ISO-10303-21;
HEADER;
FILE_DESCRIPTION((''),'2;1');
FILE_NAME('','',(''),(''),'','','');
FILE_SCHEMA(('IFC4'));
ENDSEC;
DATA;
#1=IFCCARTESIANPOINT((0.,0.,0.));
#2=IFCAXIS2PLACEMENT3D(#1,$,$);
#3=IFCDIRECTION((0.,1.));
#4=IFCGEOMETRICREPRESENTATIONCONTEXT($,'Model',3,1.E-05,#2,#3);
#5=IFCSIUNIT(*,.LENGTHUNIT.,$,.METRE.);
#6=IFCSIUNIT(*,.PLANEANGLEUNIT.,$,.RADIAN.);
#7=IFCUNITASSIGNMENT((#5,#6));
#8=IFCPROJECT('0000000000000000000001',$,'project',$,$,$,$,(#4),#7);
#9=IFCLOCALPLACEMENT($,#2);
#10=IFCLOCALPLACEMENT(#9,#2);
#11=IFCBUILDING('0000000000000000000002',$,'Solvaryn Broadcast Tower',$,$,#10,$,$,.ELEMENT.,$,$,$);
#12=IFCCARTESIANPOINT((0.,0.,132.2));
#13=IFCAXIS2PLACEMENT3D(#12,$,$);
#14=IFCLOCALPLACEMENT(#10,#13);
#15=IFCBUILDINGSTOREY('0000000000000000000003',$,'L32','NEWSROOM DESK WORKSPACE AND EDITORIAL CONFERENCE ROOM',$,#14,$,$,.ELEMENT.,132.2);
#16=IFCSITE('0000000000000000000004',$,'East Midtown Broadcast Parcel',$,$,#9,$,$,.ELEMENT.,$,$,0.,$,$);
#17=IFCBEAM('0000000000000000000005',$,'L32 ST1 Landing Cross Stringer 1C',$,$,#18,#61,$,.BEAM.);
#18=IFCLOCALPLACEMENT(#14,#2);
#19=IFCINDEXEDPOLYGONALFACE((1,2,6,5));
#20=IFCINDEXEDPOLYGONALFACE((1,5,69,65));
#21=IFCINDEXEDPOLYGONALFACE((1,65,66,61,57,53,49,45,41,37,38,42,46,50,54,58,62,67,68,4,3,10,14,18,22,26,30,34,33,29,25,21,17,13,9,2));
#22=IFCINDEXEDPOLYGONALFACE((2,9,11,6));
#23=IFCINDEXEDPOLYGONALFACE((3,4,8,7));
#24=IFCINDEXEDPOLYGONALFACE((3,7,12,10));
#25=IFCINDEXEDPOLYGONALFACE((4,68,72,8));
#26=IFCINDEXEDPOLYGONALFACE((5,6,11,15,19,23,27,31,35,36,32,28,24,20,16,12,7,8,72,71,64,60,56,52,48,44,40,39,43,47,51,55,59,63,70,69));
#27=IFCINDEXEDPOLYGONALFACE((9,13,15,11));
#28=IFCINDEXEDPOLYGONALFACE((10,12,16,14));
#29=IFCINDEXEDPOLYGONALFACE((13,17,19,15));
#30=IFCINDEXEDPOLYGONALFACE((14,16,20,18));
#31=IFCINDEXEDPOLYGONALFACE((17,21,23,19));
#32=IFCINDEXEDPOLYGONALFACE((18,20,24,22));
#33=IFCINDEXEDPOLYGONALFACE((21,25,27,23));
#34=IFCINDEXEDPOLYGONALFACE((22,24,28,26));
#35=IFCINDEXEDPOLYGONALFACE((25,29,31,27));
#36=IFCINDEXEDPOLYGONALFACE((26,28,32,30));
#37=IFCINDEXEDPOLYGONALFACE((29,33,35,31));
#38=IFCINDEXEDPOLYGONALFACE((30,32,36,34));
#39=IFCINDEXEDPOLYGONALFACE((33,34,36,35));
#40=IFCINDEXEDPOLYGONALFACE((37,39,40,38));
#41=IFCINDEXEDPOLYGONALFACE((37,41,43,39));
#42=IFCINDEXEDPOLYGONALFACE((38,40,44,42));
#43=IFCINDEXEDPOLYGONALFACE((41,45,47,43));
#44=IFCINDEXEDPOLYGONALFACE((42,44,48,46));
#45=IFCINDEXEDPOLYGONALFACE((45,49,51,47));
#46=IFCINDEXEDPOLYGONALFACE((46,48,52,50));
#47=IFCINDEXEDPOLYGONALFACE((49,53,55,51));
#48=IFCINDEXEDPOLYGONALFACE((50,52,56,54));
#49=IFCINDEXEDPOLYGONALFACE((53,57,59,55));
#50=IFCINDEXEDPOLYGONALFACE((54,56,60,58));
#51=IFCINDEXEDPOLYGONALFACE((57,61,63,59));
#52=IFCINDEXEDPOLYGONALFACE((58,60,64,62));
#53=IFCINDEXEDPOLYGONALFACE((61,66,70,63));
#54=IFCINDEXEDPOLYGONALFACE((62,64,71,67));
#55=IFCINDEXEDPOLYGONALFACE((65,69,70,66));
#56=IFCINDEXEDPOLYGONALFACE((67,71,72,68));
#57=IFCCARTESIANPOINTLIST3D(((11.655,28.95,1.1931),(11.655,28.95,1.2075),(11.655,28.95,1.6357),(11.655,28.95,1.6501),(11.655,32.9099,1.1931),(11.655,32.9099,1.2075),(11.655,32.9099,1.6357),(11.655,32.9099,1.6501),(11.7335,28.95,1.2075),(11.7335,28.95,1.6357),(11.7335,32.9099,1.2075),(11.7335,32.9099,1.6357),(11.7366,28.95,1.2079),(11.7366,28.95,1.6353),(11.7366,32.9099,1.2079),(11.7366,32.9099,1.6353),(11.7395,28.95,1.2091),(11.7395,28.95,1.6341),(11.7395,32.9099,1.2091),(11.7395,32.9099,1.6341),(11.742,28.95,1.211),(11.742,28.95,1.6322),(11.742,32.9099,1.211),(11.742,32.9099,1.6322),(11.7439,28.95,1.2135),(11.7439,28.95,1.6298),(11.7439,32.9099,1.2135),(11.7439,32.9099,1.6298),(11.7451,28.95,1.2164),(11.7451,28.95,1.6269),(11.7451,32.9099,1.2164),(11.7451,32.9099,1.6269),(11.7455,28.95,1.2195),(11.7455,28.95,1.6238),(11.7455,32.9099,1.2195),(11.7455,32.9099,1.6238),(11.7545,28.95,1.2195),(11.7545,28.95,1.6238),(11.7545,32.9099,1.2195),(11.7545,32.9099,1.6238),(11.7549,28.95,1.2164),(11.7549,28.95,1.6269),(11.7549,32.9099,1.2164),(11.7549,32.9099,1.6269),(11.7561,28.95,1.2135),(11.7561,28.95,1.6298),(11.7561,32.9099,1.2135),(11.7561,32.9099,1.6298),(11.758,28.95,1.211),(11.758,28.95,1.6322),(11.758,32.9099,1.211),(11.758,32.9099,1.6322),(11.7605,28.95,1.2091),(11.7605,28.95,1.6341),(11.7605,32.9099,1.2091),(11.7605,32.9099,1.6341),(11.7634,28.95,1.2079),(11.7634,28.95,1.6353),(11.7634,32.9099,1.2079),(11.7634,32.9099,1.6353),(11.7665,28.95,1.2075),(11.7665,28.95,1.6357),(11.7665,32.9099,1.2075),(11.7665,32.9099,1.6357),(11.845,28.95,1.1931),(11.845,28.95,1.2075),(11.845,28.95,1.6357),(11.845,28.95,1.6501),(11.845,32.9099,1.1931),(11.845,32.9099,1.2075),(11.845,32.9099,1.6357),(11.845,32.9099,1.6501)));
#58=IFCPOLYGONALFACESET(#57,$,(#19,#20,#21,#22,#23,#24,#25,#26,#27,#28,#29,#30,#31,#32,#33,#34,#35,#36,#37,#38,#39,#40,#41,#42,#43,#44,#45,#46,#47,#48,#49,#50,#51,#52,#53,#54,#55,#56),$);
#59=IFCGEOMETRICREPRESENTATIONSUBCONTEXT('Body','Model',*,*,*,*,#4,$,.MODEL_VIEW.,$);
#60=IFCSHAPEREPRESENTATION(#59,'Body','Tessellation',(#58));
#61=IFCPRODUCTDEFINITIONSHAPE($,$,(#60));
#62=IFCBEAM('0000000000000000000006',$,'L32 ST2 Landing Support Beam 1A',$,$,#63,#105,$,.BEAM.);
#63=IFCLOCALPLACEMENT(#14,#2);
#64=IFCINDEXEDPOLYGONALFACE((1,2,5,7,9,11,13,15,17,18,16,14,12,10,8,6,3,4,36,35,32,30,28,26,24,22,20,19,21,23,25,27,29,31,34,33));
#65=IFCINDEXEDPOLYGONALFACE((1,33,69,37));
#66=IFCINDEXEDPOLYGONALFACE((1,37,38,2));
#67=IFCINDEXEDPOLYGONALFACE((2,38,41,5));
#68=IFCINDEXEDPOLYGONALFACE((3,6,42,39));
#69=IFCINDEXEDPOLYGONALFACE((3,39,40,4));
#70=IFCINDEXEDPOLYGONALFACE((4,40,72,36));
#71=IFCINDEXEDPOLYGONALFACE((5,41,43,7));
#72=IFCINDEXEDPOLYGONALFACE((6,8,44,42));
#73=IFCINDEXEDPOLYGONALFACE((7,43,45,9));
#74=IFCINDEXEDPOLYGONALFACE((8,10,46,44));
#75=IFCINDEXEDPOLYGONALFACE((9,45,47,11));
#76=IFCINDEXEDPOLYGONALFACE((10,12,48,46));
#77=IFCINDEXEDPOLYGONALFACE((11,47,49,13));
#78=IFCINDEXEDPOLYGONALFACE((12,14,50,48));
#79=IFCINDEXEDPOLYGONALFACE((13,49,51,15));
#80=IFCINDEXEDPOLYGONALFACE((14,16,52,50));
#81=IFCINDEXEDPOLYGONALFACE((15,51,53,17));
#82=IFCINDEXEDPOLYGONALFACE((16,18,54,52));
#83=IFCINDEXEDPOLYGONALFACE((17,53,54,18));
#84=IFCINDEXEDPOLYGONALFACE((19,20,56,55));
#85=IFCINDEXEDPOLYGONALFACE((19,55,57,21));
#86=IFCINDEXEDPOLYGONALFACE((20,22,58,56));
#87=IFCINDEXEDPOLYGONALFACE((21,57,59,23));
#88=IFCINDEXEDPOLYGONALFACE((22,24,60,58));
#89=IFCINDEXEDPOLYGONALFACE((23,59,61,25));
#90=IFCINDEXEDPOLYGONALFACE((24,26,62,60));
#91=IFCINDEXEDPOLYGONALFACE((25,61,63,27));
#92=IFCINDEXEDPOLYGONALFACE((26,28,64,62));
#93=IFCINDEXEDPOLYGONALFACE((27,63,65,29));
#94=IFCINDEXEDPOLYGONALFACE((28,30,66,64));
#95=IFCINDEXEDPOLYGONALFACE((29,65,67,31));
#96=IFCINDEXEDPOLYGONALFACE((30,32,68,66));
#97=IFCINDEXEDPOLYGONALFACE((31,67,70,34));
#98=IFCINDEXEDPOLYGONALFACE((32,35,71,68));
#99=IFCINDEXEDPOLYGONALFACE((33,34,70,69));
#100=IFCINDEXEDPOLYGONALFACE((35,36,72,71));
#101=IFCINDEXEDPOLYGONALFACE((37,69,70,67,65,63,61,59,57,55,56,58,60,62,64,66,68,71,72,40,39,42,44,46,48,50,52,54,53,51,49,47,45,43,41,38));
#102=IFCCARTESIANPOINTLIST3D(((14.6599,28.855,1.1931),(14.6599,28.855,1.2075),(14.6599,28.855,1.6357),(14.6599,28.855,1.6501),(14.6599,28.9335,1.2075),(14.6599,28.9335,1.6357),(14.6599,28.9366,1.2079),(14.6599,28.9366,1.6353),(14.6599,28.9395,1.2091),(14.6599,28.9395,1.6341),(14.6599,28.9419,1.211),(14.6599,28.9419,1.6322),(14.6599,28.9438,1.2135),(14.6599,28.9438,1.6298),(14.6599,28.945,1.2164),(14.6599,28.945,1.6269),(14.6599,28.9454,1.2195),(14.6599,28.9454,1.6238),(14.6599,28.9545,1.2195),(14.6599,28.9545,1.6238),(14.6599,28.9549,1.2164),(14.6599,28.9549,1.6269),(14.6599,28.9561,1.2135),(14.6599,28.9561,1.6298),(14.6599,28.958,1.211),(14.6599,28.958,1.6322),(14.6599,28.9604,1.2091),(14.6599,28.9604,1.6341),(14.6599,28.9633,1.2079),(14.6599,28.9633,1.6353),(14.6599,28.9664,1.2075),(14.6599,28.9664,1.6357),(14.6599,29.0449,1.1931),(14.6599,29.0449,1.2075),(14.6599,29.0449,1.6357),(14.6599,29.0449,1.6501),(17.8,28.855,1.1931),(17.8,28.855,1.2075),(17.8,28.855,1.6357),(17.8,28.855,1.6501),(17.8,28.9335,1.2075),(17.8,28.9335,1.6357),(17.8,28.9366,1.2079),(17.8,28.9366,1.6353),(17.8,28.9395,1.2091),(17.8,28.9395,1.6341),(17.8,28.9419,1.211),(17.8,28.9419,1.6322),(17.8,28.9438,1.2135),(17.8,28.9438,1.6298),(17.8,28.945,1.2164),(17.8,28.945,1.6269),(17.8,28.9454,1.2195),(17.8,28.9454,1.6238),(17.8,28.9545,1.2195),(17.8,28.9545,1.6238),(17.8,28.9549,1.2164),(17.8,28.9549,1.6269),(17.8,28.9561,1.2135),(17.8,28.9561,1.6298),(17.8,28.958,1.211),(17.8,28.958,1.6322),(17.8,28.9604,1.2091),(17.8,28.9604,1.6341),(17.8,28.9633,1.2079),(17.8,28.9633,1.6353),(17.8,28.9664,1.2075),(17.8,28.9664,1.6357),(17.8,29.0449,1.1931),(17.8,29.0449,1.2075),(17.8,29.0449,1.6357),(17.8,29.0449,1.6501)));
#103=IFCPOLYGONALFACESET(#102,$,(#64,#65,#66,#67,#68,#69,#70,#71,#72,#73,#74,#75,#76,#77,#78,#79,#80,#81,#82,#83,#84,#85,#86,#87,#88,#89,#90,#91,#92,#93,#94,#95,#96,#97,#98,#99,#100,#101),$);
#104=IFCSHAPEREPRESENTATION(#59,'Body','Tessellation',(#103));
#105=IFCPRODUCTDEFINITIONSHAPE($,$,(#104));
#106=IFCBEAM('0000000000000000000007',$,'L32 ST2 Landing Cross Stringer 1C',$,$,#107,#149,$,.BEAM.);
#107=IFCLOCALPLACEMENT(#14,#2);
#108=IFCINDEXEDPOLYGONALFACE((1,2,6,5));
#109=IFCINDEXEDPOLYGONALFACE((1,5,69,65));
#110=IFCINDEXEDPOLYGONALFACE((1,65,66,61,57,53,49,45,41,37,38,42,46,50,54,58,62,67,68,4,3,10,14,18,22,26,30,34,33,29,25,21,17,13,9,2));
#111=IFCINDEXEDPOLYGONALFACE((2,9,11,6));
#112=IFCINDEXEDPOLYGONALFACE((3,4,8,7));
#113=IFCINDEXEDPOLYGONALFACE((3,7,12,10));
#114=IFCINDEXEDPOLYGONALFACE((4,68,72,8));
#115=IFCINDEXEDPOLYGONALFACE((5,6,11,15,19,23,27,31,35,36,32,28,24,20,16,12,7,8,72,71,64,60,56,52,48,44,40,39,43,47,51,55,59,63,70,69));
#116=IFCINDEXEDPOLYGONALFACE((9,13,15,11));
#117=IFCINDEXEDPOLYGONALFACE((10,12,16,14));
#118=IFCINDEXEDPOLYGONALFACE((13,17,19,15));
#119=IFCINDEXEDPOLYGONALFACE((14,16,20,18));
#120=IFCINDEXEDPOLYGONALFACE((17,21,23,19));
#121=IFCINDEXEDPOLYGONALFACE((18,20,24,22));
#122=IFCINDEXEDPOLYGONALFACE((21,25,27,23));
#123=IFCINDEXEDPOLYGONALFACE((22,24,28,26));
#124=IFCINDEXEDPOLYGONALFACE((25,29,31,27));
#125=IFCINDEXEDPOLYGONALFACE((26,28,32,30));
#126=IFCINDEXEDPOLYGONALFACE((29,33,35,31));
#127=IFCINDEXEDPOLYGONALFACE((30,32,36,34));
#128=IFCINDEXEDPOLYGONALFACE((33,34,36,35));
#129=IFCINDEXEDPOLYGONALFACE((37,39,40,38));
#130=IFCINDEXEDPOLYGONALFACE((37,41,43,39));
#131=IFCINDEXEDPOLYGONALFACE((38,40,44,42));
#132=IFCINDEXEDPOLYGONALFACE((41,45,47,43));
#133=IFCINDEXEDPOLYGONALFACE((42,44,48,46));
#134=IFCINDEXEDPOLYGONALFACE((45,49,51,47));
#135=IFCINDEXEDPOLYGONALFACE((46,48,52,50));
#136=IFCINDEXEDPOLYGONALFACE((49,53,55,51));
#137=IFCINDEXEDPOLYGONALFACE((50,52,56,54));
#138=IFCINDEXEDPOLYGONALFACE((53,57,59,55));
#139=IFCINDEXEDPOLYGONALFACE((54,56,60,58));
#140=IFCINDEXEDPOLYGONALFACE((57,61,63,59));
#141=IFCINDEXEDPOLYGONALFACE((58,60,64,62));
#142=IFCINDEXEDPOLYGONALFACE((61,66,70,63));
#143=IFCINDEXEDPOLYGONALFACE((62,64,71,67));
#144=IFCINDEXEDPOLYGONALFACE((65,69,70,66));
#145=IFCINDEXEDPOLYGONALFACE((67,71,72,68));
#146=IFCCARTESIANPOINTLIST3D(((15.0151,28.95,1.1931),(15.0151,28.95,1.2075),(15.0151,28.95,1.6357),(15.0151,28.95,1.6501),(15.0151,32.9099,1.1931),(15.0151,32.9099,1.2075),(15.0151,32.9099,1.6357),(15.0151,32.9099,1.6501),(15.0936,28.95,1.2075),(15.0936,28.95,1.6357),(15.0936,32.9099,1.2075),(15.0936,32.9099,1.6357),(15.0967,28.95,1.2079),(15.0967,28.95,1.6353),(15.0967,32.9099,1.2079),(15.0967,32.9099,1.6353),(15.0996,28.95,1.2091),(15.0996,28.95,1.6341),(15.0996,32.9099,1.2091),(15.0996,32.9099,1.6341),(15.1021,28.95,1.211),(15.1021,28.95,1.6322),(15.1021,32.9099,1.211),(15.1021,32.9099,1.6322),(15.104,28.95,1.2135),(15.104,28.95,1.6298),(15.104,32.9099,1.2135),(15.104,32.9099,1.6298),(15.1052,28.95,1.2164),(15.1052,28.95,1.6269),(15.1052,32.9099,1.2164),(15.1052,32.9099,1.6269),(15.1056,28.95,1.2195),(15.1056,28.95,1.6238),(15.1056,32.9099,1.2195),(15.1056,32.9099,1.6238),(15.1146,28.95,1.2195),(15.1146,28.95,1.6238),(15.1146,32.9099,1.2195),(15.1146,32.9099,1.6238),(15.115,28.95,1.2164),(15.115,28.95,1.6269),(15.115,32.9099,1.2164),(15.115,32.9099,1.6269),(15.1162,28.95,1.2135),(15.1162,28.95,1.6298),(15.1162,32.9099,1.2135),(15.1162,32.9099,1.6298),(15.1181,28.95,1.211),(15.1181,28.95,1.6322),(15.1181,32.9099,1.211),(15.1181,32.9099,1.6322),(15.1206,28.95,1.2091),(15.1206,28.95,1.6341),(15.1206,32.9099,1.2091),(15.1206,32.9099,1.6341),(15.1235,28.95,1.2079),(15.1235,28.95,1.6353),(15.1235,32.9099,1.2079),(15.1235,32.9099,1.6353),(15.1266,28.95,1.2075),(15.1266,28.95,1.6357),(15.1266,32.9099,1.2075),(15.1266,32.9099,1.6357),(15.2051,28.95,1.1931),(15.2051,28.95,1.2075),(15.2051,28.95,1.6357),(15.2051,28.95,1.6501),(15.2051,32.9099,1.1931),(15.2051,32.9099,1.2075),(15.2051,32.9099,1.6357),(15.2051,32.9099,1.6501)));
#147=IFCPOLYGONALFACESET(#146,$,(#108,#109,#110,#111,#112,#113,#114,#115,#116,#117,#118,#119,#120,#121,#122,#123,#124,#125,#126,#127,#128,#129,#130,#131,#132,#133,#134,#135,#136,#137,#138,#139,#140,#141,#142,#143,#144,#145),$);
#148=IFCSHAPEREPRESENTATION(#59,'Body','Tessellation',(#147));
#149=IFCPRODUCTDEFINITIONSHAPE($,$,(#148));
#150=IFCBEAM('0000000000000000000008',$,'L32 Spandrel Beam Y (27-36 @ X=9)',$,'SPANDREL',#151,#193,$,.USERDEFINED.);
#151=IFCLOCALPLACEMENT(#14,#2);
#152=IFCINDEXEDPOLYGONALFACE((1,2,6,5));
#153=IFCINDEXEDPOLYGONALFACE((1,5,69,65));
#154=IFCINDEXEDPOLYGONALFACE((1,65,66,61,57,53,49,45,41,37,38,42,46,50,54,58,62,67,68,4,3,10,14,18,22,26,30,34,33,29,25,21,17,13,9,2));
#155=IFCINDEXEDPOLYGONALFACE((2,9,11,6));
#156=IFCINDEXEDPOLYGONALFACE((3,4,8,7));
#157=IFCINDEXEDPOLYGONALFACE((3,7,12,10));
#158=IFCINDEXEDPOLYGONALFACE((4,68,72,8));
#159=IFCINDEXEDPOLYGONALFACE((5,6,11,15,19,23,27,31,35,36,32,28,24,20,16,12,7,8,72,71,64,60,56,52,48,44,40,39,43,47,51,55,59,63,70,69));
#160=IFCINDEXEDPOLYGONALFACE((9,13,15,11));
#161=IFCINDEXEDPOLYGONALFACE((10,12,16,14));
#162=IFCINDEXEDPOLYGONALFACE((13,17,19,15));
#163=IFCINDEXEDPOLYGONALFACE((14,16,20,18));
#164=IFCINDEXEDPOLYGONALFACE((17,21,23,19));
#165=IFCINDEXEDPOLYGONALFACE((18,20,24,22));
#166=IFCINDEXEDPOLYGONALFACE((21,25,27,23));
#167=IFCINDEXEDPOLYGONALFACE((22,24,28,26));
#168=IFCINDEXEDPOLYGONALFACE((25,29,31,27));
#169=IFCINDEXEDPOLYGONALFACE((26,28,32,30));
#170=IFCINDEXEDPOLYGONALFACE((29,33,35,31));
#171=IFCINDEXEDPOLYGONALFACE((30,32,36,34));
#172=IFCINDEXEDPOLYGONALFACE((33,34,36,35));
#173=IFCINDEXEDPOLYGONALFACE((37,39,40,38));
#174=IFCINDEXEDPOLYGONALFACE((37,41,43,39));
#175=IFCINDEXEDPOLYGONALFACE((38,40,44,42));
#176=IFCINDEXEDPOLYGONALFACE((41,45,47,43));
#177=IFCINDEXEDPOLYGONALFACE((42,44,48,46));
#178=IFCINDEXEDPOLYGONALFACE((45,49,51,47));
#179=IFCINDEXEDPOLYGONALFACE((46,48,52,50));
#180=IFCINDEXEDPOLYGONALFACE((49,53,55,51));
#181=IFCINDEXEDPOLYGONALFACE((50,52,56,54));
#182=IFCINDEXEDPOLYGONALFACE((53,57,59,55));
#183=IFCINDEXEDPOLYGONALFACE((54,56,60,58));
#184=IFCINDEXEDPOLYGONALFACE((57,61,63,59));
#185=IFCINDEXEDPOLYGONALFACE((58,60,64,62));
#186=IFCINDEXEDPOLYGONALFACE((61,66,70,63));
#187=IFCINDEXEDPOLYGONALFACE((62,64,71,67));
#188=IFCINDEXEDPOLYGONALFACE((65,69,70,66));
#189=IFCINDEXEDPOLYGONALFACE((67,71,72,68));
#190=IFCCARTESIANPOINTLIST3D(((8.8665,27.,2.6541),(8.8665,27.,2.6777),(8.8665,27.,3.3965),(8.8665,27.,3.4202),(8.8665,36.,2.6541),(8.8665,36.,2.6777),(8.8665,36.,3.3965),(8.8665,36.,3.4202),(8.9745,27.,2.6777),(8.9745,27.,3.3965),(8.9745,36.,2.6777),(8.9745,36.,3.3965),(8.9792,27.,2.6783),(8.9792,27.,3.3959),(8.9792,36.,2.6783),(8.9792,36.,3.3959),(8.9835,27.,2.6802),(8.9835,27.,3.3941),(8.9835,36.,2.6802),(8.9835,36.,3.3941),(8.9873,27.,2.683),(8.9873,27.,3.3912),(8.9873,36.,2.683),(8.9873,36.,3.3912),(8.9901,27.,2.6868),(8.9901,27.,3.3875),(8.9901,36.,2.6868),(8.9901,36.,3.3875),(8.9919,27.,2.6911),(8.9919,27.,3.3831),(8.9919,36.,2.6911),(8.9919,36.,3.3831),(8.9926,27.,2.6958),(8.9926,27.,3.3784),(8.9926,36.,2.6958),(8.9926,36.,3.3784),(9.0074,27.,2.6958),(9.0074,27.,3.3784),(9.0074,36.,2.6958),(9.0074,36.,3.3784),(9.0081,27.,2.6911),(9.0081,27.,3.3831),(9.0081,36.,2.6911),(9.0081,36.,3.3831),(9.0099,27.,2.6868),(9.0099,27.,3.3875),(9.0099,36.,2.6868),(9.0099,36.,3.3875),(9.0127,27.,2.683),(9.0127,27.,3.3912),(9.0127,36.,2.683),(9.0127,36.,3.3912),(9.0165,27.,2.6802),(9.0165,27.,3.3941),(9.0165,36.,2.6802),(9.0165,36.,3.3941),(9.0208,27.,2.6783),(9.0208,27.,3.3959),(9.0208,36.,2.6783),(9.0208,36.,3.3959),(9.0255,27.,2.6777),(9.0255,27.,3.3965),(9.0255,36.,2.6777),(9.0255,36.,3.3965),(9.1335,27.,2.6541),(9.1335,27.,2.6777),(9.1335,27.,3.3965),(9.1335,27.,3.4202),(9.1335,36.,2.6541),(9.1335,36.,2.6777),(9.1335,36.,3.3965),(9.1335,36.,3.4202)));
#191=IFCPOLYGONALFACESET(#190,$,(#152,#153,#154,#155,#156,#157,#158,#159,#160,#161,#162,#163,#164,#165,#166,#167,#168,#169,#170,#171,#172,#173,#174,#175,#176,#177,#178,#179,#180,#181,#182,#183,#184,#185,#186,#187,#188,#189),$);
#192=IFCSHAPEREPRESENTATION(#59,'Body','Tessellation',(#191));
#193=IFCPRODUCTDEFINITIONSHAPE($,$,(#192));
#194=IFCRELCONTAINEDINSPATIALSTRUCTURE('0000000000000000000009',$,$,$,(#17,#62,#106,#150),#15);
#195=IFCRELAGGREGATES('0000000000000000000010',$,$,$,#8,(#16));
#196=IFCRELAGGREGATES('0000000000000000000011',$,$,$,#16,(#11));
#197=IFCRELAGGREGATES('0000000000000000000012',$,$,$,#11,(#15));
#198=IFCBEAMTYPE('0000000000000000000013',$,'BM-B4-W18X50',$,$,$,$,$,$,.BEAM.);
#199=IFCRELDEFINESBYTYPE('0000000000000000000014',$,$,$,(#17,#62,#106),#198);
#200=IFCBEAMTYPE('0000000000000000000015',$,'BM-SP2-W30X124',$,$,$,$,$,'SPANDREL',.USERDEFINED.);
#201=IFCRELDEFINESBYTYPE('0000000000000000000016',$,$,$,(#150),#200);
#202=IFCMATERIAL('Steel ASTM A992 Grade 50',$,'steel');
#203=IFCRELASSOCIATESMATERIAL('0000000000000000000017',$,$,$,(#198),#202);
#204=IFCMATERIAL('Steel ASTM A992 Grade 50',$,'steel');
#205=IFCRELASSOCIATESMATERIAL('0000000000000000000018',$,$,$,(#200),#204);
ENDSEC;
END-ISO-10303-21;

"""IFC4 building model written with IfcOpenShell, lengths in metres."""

from ifc_helpers import new_model, si_unit, direction, frame, origin, origin_2d, place, context, subcontext, project, spatial, i_section, extrude, material, material_profile, profile_set, type_object, element, save


model = new_model("IFC4")

# Units and contexts
model_context = context("Model", 3, precision=1e-05, world=origin(), true_north=direction((0.0, 1.0)))
body_context = subcontext(model_context, "Body", "Model", "MODEL_VIEW")
ifc_project = project(units=[si_unit("LENGTHUNIT", "METRE"), si_unit("PLANEANGLEUNIT", "RADIAN")], contexts=[model_context])

# Site, building, storey
site_placement = place(None, origin())
site = spatial("IfcSite", under=ifc_project, at=site_placement, Name="East Midtown Broadcast Parcel", CompositionType="ELEMENT", RefElevation=0.0)
building_placement = place(site_placement, origin())
building = spatial("IfcBuilding", under=site, at=building_placement, Name="Solvaryn Broadcast Tower", CompositionType="ELEMENT")
storey_placement = place(building_placement, frame((0.0, 0.0, 132.2)))
storey = spatial("IfcBuildingStorey", under=building, at=storey_placement, Name="L32", Description="NEWSROOM DESK WORKSPACE AND EDITORIAL CONFERENCE ROOM", CompositionType="ELEMENT", Elevation=132.2)

# Beams
ifc_material_1 = material(Name="Steel ASTM A992 Grade 50", Category="steel")
ifc_material_profile_1 = material_profile(ifc_material_1, i_section(OverallWidth=0.1899, OverallDepth=0.457, WebThickness=0.009, FlangeThickness=0.0144, FilletRadius=0.012, at=origin_2d()))
ifc_profile_set_1 = profile_set([ifc_material_profile_1], Name="Steel ASTM A992 Grade 50")
beam_type_1 = type_object("IfcBeamType", Name="BM-B4-W18X50", PredefinedType="BEAM", material=ifc_profile_set_1)
beam_1_placement = place(storey_placement, frame((11.75, 28.95, 1.4216), z_axis=(0.0, 1.0, 0.0), x_axis=(-1.0, 0.0, 0.0)))
element("IfcBeam", 1, at=beam_1_placement, inside=storey, type_object=beam_type_1, Name="L32 ST1 Landing Cross Stringer 1C", PredefinedType="BEAM", context=body_context, shape_type="SweptSolid", body=[
    extrude(i_section(OverallWidth=0.1899, OverallDepth=0.457, WebThickness=0.009, FlangeThickness=0.0144, FilletRadius=0.012, at=origin_2d()), origin(), (0.0, 0.0, 1.0), 3.96),
])
beam_2_placement = place(storey_placement, frame((14.6599, 28.95, 1.4216), z_axis=(1.0, 0.0, 0.0), x_axis=(0.0, 1.0, 0.0)))
element("IfcBeam", 2, at=beam_2_placement, inside=storey, type_object=beam_type_1, Name="L32 ST2 Landing Support Beam 1A", PredefinedType="BEAM", context=body_context, shape_type="SweptSolid", body=[
    extrude(i_section(OverallWidth=0.1899, OverallDepth=0.457, WebThickness=0.009, FlangeThickness=0.0144, FilletRadius=0.012, at=origin_2d()), origin(), (0.0, 0.0, 1.0), 3.1401),
])
beam_3_placement = place(storey_placement, frame((15.1101, 28.95, 1.4216), z_axis=(0.0, 1.0, 0.0), x_axis=(-1.0, 0.0, 0.0)))
element("IfcBeam", 3, at=beam_3_placement, inside=storey, type_object=beam_type_1, Name="L32 ST2 Landing Cross Stringer 1C", PredefinedType="BEAM", context=body_context, shape_type="SweptSolid", body=[
    extrude(i_section(OverallWidth=0.1899, OverallDepth=0.457, WebThickness=0.009, FlangeThickness=0.0144, FilletRadius=0.012, at=origin_2d()), origin(), (0.0, 0.0, 1.0), 3.96),
])
ifc_material_2 = material(Name="Steel ASTM A992 Grade 50", Category="steel")
ifc_material_profile_2 = material_profile(ifc_material_2, i_section(OverallWidth=0.2671, OverallDepth=0.7661, WebThickness=0.0149, FlangeThickness=0.0237, FilletRadius=0.0181, at=origin_2d()))
ifc_profile_set_2 = profile_set([ifc_material_profile_2], Name="Steel ASTM A992 Grade 50")
beam_type_2 = type_object("IfcBeamType", Name="BM-SP2-W30X124", ElementType="SPANDREL", PredefinedType="USERDEFINED", material=ifc_profile_set_2)
beam_4_placement = place(storey_placement, frame((9.0, 27.0, 3.0371), z_axis=(0.0, 1.0, 0.0), x_axis=(-1.0, 0.0, 0.0)))
element("IfcBeam", 4, at=beam_4_placement, inside=storey, type_object=beam_type_2, Name="L32 Spandrel Beam Y (27-36 @ X=9)", ObjectType="SPANDREL", PredefinedType="USERDEFINED", context=body_context, shape_type="SweptSolid", body=[
    extrude(i_section(OverallWidth=0.2671, OverallDepth=0.7661, WebThickness=0.0149, FlangeThickness=0.0237, FilletRadius=0.0181, at=origin_2d()), origin(), (0.0, 0.0, 1.0), 9.0),
])

save(model, "model.ifc")
